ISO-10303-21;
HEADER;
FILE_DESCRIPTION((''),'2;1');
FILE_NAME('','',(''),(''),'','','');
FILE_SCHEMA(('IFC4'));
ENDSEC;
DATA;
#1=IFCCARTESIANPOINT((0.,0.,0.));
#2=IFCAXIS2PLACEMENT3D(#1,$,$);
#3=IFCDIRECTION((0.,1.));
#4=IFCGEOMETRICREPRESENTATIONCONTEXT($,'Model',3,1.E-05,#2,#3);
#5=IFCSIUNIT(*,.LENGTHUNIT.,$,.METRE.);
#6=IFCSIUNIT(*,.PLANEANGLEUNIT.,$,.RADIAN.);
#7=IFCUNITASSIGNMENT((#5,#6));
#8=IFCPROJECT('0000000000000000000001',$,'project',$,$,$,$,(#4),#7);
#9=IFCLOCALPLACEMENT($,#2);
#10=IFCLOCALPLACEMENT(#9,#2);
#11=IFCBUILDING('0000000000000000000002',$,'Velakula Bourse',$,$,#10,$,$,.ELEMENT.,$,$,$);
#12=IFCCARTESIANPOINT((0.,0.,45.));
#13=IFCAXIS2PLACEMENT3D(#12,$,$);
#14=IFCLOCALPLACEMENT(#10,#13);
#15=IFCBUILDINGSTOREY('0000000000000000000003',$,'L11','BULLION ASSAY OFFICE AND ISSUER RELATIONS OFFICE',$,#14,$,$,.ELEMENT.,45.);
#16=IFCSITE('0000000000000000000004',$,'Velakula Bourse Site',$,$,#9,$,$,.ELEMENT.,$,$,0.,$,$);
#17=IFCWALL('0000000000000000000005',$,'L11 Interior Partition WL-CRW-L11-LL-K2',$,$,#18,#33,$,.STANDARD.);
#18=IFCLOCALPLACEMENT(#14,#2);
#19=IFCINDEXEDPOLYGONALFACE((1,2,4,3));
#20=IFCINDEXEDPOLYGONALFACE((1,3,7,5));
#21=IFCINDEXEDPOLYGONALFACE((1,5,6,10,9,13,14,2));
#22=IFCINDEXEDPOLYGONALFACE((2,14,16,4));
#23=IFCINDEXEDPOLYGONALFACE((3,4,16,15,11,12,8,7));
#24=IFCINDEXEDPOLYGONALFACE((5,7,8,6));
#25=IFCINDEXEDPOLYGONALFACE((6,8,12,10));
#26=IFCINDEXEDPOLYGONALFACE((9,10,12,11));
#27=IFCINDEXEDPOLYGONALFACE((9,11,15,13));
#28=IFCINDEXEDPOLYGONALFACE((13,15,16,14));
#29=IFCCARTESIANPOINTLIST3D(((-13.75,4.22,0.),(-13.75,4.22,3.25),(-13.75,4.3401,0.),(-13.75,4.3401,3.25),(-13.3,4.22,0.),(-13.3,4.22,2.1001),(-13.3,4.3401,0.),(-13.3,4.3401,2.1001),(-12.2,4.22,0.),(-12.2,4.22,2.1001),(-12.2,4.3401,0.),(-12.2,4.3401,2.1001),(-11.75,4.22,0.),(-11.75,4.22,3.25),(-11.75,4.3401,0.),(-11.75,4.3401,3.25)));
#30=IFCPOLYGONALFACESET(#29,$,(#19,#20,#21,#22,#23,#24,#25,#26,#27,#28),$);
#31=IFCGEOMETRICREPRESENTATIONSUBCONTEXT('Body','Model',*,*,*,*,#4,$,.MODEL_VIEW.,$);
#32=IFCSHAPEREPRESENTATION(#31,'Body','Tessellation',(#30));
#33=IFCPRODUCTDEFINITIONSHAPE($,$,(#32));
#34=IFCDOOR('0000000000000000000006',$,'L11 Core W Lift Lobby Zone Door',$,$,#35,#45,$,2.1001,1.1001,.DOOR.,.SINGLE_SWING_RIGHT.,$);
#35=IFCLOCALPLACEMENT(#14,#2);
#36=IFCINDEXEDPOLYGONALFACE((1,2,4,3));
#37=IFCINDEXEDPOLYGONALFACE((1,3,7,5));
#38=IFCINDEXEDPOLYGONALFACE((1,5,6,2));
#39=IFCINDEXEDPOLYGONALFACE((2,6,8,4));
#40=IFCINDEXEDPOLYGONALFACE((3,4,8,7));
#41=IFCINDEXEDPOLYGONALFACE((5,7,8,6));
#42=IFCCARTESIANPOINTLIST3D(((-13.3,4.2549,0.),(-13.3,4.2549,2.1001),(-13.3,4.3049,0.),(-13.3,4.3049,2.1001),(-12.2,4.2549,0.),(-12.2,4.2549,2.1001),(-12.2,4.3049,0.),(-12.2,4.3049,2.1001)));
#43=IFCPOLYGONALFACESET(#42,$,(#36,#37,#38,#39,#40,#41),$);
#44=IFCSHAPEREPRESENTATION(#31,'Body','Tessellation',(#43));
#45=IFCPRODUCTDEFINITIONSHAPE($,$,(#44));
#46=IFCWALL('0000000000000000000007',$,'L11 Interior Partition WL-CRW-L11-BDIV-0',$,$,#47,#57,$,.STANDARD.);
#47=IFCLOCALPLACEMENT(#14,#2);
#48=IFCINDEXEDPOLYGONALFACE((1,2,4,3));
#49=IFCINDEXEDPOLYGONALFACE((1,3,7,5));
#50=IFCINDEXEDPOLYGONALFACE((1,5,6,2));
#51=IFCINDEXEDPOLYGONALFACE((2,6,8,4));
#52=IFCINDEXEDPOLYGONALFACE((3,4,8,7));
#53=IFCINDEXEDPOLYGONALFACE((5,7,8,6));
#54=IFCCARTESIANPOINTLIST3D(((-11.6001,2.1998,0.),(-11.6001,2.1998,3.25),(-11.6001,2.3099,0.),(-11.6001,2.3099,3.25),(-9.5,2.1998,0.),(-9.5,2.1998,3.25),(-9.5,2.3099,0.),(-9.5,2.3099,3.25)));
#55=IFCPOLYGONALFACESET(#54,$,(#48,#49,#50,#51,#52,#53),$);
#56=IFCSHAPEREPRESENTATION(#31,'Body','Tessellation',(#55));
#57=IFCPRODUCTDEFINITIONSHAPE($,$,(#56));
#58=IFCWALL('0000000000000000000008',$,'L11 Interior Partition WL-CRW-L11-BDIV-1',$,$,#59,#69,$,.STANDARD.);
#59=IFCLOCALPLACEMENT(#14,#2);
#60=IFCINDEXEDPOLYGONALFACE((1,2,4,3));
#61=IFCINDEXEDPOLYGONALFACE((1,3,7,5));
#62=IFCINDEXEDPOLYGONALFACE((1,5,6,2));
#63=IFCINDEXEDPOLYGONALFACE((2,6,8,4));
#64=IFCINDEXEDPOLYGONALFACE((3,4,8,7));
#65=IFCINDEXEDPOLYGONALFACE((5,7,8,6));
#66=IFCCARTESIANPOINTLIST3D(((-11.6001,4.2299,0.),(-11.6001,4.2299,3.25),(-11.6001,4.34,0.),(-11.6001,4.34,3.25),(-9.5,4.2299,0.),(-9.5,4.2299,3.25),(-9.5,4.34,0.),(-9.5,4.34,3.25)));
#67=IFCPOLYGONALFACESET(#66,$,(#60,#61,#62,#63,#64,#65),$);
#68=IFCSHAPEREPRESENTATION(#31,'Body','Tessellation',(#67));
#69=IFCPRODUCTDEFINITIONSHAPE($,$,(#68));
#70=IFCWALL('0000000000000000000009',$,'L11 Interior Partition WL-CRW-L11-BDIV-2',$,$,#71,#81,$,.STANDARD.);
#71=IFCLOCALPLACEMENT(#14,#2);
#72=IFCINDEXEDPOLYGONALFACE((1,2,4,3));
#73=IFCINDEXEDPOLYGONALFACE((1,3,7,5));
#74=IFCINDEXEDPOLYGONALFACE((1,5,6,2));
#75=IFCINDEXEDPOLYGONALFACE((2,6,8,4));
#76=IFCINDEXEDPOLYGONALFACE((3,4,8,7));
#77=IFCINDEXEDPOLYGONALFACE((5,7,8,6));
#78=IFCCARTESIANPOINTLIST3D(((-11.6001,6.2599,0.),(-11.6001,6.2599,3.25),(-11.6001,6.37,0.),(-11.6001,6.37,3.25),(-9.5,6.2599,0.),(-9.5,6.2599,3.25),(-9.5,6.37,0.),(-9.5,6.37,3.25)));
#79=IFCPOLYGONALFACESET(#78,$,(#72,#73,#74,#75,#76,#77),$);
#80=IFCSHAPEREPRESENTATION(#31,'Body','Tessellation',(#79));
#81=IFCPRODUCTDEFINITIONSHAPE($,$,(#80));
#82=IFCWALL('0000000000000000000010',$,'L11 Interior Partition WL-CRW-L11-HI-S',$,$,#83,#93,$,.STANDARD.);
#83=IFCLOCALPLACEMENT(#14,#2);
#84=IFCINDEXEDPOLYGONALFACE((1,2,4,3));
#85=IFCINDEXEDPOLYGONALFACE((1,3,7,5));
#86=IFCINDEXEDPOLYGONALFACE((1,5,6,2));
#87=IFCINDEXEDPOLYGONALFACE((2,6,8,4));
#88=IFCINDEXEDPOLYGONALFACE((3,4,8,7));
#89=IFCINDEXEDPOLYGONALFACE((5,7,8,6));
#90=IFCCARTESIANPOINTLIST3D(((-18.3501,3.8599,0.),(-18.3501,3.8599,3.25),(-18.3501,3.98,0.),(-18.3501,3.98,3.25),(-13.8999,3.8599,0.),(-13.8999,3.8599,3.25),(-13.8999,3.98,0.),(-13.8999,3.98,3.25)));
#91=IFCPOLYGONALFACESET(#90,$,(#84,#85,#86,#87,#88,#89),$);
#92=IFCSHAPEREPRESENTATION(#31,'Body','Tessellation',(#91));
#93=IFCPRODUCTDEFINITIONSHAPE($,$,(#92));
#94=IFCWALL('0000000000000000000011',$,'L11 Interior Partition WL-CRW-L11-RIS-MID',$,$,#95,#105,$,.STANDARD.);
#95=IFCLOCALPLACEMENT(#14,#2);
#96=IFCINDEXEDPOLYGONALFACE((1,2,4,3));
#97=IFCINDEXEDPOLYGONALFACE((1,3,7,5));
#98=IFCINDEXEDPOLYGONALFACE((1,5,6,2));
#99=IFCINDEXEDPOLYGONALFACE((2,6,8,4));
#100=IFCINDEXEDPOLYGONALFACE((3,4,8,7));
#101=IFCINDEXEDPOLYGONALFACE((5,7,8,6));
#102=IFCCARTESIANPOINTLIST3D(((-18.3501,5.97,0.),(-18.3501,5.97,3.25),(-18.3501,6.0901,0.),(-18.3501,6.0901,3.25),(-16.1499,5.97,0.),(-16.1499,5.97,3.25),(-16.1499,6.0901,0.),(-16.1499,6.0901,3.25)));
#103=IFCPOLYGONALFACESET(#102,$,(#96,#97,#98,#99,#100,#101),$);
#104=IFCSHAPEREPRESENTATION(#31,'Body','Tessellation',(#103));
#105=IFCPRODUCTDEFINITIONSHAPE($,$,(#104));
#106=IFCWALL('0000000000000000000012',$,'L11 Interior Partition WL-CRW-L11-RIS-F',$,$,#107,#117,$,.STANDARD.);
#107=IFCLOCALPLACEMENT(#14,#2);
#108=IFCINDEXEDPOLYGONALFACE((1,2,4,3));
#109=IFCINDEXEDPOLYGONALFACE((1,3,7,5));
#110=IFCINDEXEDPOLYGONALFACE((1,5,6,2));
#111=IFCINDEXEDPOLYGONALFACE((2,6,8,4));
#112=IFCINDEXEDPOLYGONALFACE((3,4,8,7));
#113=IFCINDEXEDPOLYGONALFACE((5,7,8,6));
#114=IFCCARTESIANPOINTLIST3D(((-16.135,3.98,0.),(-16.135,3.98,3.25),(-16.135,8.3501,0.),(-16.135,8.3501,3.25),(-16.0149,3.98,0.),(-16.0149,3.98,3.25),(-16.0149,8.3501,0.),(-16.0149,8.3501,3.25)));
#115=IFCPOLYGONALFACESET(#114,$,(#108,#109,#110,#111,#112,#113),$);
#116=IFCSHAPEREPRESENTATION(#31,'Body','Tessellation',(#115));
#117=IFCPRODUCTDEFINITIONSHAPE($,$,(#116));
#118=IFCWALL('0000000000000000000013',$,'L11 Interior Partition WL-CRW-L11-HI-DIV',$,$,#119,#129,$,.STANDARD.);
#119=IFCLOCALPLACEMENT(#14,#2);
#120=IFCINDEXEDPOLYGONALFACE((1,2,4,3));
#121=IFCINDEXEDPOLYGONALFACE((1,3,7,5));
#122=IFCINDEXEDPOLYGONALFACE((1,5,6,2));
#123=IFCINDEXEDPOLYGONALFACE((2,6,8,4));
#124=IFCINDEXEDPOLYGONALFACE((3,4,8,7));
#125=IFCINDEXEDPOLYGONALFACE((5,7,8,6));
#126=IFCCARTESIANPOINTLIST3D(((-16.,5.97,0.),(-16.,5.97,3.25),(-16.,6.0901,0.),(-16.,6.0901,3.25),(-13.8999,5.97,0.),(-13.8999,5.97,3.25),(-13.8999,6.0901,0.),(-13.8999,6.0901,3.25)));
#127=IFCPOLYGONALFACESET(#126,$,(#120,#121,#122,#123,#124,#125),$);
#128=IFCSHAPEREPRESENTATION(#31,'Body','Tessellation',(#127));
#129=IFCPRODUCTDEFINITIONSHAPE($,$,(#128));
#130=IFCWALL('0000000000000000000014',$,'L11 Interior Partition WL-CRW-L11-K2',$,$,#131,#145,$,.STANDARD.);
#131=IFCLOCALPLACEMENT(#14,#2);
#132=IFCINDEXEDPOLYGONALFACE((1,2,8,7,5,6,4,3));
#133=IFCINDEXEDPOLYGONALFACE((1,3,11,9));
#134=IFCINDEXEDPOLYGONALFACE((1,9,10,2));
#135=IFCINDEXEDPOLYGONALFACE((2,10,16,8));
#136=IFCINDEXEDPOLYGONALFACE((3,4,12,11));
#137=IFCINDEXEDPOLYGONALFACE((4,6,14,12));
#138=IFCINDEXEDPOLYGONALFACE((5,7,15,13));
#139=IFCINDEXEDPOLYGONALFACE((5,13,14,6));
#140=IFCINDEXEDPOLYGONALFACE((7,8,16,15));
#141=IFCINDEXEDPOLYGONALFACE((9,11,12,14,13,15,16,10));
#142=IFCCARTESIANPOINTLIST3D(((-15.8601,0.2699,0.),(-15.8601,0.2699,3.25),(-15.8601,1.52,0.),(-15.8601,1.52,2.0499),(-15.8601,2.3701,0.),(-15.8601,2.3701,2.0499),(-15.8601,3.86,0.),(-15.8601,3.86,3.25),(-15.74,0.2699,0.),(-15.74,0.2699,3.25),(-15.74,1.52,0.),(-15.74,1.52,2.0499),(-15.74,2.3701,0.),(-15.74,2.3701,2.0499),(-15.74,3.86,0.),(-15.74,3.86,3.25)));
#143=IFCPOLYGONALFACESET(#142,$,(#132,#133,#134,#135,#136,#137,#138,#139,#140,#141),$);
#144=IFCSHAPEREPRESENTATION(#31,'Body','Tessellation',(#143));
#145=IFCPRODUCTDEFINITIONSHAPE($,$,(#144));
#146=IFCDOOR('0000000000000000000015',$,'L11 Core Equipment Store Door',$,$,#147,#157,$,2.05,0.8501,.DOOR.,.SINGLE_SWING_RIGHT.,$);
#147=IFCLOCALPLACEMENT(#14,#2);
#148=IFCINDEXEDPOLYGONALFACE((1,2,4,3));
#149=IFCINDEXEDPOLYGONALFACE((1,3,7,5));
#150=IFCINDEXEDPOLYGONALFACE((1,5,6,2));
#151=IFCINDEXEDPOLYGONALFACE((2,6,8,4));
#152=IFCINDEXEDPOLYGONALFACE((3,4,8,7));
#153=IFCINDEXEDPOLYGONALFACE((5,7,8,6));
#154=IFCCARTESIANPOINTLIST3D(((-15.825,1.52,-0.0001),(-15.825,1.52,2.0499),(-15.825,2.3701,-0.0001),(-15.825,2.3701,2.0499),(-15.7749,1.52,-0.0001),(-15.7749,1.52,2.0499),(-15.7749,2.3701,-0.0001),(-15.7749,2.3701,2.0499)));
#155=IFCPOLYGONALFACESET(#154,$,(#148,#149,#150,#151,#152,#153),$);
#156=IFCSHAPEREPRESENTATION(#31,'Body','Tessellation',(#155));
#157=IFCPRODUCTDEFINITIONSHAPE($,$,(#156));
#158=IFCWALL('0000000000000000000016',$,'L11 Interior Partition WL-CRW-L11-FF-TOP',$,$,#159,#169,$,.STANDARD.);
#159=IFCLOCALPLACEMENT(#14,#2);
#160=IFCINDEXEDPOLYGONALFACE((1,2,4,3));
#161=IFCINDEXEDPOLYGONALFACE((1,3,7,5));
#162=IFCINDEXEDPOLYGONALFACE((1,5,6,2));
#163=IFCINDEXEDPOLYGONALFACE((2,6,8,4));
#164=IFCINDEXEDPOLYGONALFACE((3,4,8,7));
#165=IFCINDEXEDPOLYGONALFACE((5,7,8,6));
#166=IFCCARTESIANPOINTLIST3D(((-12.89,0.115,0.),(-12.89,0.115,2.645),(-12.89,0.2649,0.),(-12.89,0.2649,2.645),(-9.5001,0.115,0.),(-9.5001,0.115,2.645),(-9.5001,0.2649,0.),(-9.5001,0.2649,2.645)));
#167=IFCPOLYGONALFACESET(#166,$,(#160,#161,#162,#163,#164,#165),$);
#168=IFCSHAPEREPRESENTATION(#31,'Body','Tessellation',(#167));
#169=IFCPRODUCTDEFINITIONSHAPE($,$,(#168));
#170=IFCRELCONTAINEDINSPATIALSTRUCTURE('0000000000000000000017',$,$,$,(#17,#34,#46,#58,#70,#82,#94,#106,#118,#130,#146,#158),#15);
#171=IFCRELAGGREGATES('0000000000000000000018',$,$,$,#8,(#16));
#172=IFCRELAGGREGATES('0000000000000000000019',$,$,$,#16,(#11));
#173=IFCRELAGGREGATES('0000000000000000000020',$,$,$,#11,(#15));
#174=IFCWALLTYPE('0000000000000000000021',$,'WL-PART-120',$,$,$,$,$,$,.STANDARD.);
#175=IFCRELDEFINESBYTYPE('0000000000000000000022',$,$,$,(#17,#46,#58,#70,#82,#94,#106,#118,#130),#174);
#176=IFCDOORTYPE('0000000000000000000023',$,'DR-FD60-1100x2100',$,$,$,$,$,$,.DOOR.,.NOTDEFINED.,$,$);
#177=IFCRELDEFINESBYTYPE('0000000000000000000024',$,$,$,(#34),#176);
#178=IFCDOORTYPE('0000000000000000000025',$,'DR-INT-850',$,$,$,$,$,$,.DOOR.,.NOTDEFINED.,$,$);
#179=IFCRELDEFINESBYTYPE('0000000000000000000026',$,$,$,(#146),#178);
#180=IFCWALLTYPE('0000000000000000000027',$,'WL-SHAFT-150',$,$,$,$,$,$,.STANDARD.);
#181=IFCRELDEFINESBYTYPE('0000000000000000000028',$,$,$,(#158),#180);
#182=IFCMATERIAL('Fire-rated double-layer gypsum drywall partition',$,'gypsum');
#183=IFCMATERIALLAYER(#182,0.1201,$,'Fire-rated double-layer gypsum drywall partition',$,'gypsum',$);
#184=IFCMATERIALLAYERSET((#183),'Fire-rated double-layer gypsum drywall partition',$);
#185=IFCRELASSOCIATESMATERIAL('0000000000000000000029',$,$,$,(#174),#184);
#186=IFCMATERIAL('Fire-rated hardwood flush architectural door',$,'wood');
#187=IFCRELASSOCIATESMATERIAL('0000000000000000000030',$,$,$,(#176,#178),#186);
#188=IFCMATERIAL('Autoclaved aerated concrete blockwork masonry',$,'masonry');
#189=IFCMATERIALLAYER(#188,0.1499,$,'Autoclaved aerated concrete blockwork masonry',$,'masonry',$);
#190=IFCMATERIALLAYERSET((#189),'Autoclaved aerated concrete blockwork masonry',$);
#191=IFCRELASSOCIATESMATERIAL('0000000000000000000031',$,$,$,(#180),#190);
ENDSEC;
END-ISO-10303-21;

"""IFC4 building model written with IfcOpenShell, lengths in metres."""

from ifc_helpers import new_model, si_unit, direction, frame, frame_2d, origin, place, context, subcontext, project, spatial, rectangle, extrude, material, layer, layer_set, type_object, element, fill, save


model = new_model("IFC4")

# Units and contexts
model_context = context("Model", 3, precision=1e-05, world=origin(), true_north=direction((0.0, 1.0)))
body_context = subcontext(model_context, "Body", "Model", "MODEL_VIEW")
ifc_project = project(units=[si_unit("LENGTHUNIT", "METRE"), si_unit("PLANEANGLEUNIT", "RADIAN")], contexts=[model_context])

# Site, building, storey
site_placement = place(None, origin())
site = spatial("IfcSite", under=ifc_project, at=site_placement, Name="Velakula Bourse Site", CompositionType="ELEMENT", RefElevation=0.0)
building_placement = place(site_placement, origin())
building = spatial("IfcBuilding", under=site, at=building_placement, Name="Velakula Bourse", CompositionType="ELEMENT")
storey_placement = place(building_placement, frame((0.0, 0.0, 45.0)))
storey = spatial("IfcBuildingStorey", under=building, at=storey_placement, Name="L11", Description="BULLION ASSAY OFFICE AND ISSUER RELATIONS OFFICE", CompositionType="ELEMENT", Elevation=45.0)

# Wall, opening, door
ifc_material_1 = material(Name="Fire-rated double-layer gypsum drywall partition", Category="gypsum")
ifc_layer_1 = layer(ifc_material_1, 0.1201, Name="Fire-rated double-layer gypsum drywall partition", Category="gypsum")
ifc_layer_set_1 = layer_set([ifc_layer_1], Name="Fire-rated double-layer gypsum drywall partition")
wall_type_1 = type_object("IfcWallType", Name="WL-PART-120", PredefinedType="STANDARD", material=ifc_layer_set_1)
wall_1_placement = place(storey_placement, frame((-13.75, 4.28, 0.0), z_axis=(0.0, 0.0, 1.0), x_axis=(1.0, 0.0, 0.0)))
wall_1 = element("IfcWall", 1, at=wall_1_placement, inside=storey, type_object=wall_type_1, Name="L11 Interior Partition WL-CRW-L11-LL-K2", PredefinedType="STANDARD", context=body_context, shape_type="SweptSolid", body=[
    extrude(rectangle(XDim=2.0, YDim=0.1201, at=frame_2d((1.0, 0.0))), origin(), (0.0, 0.0, 1.0), 3.25),
])
opening_1_placement = place(wall_1_placement, frame((0.45, 0.0, 0.0)))
opening_1 = element("IfcOpeningElement", 2, at=opening_1_placement, cuts=wall_1, PredefinedType="OPENING", context=body_context, shape_type="SweptSolid", body=[
    extrude(rectangle(XDim=1.1001, YDim=2.1001, at=frame_2d((0.55, 1.05))), frame((0.0, 0.0701, 0.0), z_axis=(0.0, -1.0, 0.0), x_axis=(1.0, 0.0, 0.0)), (0.0, 0.0, 1.0), 0.1401),
])
ifc_material_2 = material(Name="Fire-rated hardwood flush architectural door", Category="wood")
door_type_1 = type_object("IfcDoorType", Name="DR-FD60-1100x2100", OperationType="NOTDEFINED", PredefinedType="DOOR", material=ifc_material_2)
door_1_placement = place(opening_1_placement, origin())
door_1 = element("IfcDoor", 3, at=door_1_placement, inside=storey, type_object=door_type_1, Name="L11 Core W Lift Lobby Zone Door", OperationType="SINGLE_SWING_RIGHT", OverallHeight=2.1001, OverallWidth=1.1001, PredefinedType="DOOR", context=body_context, shape_type="SweptSolid", body=[
    extrude(rectangle(XDim=1.1001, YDim=2.1001, at=frame_2d((0.55, 1.05))), frame((0.0, 0.0249, 0.0), z_axis=(0.0, -1.0, 0.0), x_axis=(1.0, 0.0, 0.0)), (0.0, 0.0, 1.0), 0.05),
])
fill(opening_1, door_1)

# Walls
for number, where, z_axis, x_axis, name in (
    (4, (-11.6001, 2.2549, 0.0), (0.0, 0.0, 1.0), (1.0, 0.0, 0.0), "L11 Interior Partition WL-CRW-L11-BDIV-0"),
    (5, (-11.6001, 4.2849, 0.0), (0.0, 0.0, 1.0), (1.0, 0.0, 0.0), "L11 Interior Partition WL-CRW-L11-BDIV-1"),
    (6, (-11.6001, 6.3149, 0.0), (0.0, 0.0, 1.0), (1.0, 0.0, 0.0), "L11 Interior Partition WL-CRW-L11-BDIV-2"),
):
    element("IfcWall", number, at=place(storey_placement, frame(where, z_axis=z_axis, x_axis=x_axis)), inside=storey, type_object=wall_type_1, Name=name, PredefinedType="STANDARD", context=body_context, shape_type="SweptSolid", body=[
        extrude(rectangle(XDim=2.1001, YDim=0.1101, at=frame_2d((1.05, 0.0))), origin(), (0.0, 0.0, 1.0), 3.25),
    ])
wall_2_placement = place(storey_placement, frame((-18.3501, 3.9199, 0.0), z_axis=(0.0, 0.0, 1.0), x_axis=(1.0, 0.0, 0.0)))
element("IfcWall", 7, at=wall_2_placement, inside=storey, type_object=wall_type_1, Name="L11 Interior Partition WL-CRW-L11-HI-S", PredefinedType="STANDARD", context=body_context, shape_type="SweptSolid", body=[
    extrude(rectangle(XDim=4.4502, YDim=0.1201, at=frame_2d((2.2251, 0.0))), origin(), (0.0, 0.0, 1.0), 3.25),
])
wall_3_placement = place(storey_placement, frame((-18.3501, 6.03, 0.0), z_axis=(0.0, 0.0, 1.0), x_axis=(1.0, 0.0, 0.0)))
element("IfcWall", 8, at=wall_3_placement, inside=storey, type_object=wall_type_1, Name="L11 Interior Partition WL-CRW-L11-RIS-MID", PredefinedType="STANDARD", context=body_context, shape_type="SweptSolid", body=[
    extrude(rectangle(XDim=2.2002, YDim=0.1201, at=frame_2d((1.1001, 0.0))), origin(), (0.0, 0.0, 1.0), 3.25),
])
wall_4_placement = place(storey_placement, frame((-16.075, 3.98, 0.0), z_axis=(0.0, 0.0, 1.0), x_axis=(0.0, 1.0, 0.0)))
element("IfcWall", 9, at=wall_4_placement, inside=storey, type_object=wall_type_1, Name="L11 Interior Partition WL-CRW-L11-RIS-F", PredefinedType="STANDARD", context=body_context, shape_type="SweptSolid", body=[
    extrude(rectangle(XDim=4.3701, YDim=0.1201, at=frame_2d((2.1851, 0.0))), origin(), (0.0, 0.0, 1.0), 3.25),
])
wall_5_placement = place(storey_placement, frame((-16.0, 6.03, 0.0), z_axis=(0.0, 0.0, 1.0), x_axis=(1.0, 0.0, 0.0)))
element("IfcWall", 10, at=wall_5_placement, inside=storey, type_object=wall_type_1, Name="L11 Interior Partition WL-CRW-L11-HI-DIV", PredefinedType="STANDARD", context=body_context, shape_type="SweptSolid", body=[
    extrude(rectangle(XDim=2.1001, YDim=0.1201, at=frame_2d((1.05, 0.0))), origin(), (0.0, 0.0, 1.0), 3.25),
])

# Wall, opening, door
wall_6_placement = place(storey_placement, frame((-15.8, 0.27, 0.0), z_axis=(0.0, 0.0, 1.0), x_axis=(0.0, 1.0, 0.0)))
wall_6 = element("IfcWall", 11, at=wall_6_placement, inside=storey, type_object=wall_type_1, Name="L11 Interior Partition WL-CRW-L11-K2", PredefinedType="STANDARD", context=body_context, shape_type="SweptSolid", body=[
    extrude(rectangle(XDim=3.5901, YDim=0.1201, at=frame_2d((1.7949, 0.0))), origin(), (0.0, 0.0, 1.0), 3.25),
])
opening_2_placement = place(wall_6_placement, frame((1.25, 0.0, 0.0)))
opening_2 = element("IfcOpeningElement", 12, at=opening_2_placement, cuts=wall_6, PredefinedType="OPENING", context=body_context, shape_type="SweptSolid", body=[
    extrude(rectangle(XDim=0.8501, YDim=2.05, at=frame_2d((0.425, 1.0249))), frame((0.0, 0.0701, 0.0), z_axis=(0.0, -1.0, 0.0), x_axis=(1.0, 0.0, 0.0)), (0.0, 0.0, 1.0), 0.1401),
])
door_type_2 = type_object("IfcDoorType", Name="DR-INT-850", OperationType="NOTDEFINED", PredefinedType="DOOR", material=ifc_material_2)
door_2_placement = place(opening_2_placement, origin())
door_2 = element("IfcDoor", 13, at=door_2_placement, inside=storey, type_object=door_type_2, Name="L11 Core Equipment Store Door", OperationType="SINGLE_SWING_RIGHT", OverallHeight=2.05, OverallWidth=0.8501, PredefinedType="DOOR", context=body_context, shape_type="SweptSolid", body=[
    extrude(rectangle(XDim=0.8501, YDim=2.05, at=frame_2d((0.425, 1.0249))), frame((0.0, 0.0249, 0.0), z_axis=(0.0, -1.0, 0.0), x_axis=(1.0, 0.0, 0.0)), (0.0, 0.0, 1.0), 0.05),
])
fill(opening_2, door_2)

# Wall
ifc_material_3 = material(Name="Autoclaved aerated concrete blockwork masonry", Category="masonry")
ifc_layer_2 = layer(ifc_material_3, 0.1499, Name="Autoclaved aerated concrete blockwork masonry", Category="masonry")
ifc_layer_set_2 = layer_set([ifc_layer_2], Name="Autoclaved aerated concrete blockwork masonry")
wall_type_2 = type_object("IfcWallType", Name="WL-SHAFT-150", PredefinedType="STANDARD", material=ifc_layer_set_2)
wall_7_placement = place(storey_placement, frame((-12.8899, 0.1899, 0.0), z_axis=(0.0, 0.0, 1.0), x_axis=(1.0, 0.0, 0.0)))
element("IfcWall", 14, at=wall_7_placement, inside=storey, type_object=wall_type_2, Name="L11 Interior Partition WL-CRW-L11-FF-TOP", PredefinedType="STANDARD", context=body_context, shape_type="SweptSolid", body=[
    extrude(rectangle(XDim=3.3899, YDim=0.1499, at=frame_2d((1.6948, 0.0))), origin(), (0.0, 0.0, 1.0), 2.645),
])

save(model, "model.ifc")
